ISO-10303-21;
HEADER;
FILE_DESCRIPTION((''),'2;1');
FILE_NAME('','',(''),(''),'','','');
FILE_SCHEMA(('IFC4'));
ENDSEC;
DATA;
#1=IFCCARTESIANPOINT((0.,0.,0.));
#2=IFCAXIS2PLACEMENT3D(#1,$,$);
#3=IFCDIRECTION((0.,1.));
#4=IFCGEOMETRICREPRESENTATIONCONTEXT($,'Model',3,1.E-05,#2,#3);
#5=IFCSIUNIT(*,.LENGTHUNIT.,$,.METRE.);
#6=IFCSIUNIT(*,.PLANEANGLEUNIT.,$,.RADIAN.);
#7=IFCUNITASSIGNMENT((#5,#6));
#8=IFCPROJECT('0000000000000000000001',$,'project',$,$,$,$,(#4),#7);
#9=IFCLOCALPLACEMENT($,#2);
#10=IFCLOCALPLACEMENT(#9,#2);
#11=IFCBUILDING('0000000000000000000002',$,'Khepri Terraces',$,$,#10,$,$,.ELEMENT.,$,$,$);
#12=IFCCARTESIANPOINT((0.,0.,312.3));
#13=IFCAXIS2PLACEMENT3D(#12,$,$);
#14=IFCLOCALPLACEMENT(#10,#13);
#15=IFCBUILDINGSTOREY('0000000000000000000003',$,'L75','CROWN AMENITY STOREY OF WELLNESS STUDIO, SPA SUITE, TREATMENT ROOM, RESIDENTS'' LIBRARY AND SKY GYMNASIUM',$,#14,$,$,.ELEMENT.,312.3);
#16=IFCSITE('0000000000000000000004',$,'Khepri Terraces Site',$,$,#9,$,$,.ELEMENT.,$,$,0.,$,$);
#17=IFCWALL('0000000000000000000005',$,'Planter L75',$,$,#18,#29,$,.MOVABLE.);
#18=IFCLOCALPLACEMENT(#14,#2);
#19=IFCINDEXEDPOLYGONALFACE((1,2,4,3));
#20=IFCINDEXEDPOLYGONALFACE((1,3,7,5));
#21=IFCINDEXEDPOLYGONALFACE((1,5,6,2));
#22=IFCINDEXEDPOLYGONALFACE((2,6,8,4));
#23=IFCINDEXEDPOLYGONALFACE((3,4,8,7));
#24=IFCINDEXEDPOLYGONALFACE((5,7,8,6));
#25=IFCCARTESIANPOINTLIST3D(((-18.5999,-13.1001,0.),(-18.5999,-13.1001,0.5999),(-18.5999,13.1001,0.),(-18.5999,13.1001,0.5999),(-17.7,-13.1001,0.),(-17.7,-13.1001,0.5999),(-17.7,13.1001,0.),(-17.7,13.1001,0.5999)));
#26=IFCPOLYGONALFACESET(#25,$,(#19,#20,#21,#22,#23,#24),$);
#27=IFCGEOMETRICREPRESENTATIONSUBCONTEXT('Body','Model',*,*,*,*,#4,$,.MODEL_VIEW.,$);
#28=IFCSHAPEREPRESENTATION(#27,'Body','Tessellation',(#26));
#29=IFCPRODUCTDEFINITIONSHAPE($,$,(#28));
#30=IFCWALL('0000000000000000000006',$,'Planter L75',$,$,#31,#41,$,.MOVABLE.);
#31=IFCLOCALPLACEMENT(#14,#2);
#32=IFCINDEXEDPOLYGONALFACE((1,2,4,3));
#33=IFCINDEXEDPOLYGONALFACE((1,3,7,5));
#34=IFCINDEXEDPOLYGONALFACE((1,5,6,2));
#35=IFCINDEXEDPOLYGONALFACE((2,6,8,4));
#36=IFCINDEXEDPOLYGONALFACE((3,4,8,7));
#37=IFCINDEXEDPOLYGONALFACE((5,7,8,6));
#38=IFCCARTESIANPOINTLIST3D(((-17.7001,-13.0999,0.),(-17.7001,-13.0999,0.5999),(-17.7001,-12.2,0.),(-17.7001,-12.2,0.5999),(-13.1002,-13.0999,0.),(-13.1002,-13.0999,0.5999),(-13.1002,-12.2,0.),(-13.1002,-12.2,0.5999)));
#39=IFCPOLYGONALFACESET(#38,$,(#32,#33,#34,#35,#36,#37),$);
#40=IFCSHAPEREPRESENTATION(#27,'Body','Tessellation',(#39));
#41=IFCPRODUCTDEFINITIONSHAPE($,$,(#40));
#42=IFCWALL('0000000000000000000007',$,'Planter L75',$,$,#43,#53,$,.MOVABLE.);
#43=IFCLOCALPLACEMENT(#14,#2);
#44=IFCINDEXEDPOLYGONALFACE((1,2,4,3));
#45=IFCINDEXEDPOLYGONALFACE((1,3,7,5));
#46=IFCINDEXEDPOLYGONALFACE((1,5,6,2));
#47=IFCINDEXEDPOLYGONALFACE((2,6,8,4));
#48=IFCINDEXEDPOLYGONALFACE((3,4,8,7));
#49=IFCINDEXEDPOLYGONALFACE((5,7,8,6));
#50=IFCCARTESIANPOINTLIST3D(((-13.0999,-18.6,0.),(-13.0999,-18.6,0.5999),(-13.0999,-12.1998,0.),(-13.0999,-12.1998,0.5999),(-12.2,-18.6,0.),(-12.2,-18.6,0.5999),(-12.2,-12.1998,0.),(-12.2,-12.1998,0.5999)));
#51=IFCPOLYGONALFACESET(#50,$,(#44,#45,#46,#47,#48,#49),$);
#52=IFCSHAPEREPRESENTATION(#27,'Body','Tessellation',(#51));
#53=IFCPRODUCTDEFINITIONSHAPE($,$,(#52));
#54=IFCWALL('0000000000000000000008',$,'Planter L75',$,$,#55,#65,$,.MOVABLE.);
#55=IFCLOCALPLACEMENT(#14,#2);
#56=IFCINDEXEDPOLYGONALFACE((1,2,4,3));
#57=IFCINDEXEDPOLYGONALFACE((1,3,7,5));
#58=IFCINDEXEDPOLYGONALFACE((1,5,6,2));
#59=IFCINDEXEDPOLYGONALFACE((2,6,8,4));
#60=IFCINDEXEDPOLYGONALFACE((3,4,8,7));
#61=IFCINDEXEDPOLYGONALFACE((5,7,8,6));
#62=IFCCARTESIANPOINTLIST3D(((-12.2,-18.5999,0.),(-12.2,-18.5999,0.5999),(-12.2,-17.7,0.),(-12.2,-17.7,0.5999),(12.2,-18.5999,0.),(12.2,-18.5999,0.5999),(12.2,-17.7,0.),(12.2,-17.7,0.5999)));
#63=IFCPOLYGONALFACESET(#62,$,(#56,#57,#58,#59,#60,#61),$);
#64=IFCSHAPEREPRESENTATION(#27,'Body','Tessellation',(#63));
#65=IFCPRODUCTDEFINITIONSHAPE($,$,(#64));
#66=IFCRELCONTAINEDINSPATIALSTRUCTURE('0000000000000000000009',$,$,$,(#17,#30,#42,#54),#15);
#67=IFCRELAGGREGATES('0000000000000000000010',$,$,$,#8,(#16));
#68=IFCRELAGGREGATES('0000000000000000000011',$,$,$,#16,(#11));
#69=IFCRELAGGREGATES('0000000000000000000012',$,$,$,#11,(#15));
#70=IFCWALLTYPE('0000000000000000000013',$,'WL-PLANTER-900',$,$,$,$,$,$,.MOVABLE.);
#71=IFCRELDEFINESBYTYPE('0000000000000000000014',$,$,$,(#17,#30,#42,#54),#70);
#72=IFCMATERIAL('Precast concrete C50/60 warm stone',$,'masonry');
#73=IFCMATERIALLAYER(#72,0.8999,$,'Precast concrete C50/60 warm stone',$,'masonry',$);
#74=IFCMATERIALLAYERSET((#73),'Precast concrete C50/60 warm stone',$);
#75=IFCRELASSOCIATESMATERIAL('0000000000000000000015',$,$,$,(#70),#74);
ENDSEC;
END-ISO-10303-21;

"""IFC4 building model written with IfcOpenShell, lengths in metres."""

from ifc_helpers import new_model, si_unit, direction, frame, frame_2d, origin, place, context, subcontext, project, spatial, rectangle, extrude, material, layer, layer_set, type_object, element, save


model = new_model("IFC4")

# Units and contexts
model_context = context("Model", 3, precision=1e-05, world=origin(), true_north=direction((0.0, 1.0)))
body_context = subcontext(model_context, "Body", "Model", "MODEL_VIEW")
ifc_project = project(units=[si_unit("LENGTHUNIT", "METRE"), si_unit("PLANEANGLEUNIT", "RADIAN")], contexts=[model_context])

# Site, building, storey
site_placement = place(None, origin())
site = spatial("IfcSite", under=ifc_project, at=site_placement, Name="Khepri Terraces Site", CompositionType="ELEMENT", RefElevation=0.0)
building_placement = place(site_placement, origin())
building = spatial("IfcBuilding", under=site, at=building_placement, Name="Khepri Terraces", CompositionType="ELEMENT")
storey_placement = place(building_placement, frame((0.0, 0.0, 312.3)))
storey = spatial("IfcBuildingStorey", under=building, at=storey_placement, Name="L75", Description="CROWN AMENITY STOREY OF WELLNESS STUDIO, SPA SUITE, TREATMENT ROOM, RESIDENTS' LIBRARY AND SKY GYMNASIUM", CompositionType="ELEMENT", Elevation=312.3)

# Shared definitions
ifc_material_1 = material(Name="Precast concrete C50/60 warm stone", Category="masonry")

# Walls
ifc_layer_1 = layer(ifc_material_1, 0.8999, Name="Precast concrete C50/60 warm stone", Category="masonry")
ifc_layer_set_1 = layer_set([ifc_layer_1], Name="Precast concrete C50/60 warm stone")
wall_type_1 = type_object("IfcWallType", Name="WL-PLANTER-900", PredefinedType="MOVABLE", material=ifc_layer_set_1)
wall_1_placement = place(storey_placement, frame((-18.1499, -13.1001, 0.0), z_axis=(0.0, 0.0, 1.0), x_axis=(0.0, 1.0, 0.0)))
element("IfcWall", 1, at=wall_1_placement, inside=storey, type_object=wall_type_1, Name="Planter L75", PredefinedType="MOVABLE", context=body_context, shape_type="SweptSolid", body=[
    extrude(rectangle(XDim=26.2002, YDim=0.8999, at=frame_2d((13.1001, 0.0))), origin(), (0.0, 0.0, 1.0), 0.5999),
])
wall_2_placement = place(storey_placement, frame((-17.7, -12.6499, 0.0), z_axis=(0.0, 0.0, 1.0), x_axis=(1.0, 0.0, 0.0)))
element("IfcWall", 2, at=wall_2_placement, inside=storey, type_object=wall_type_1, Name="Planter L75", PredefinedType="MOVABLE", context=body_context, shape_type="SweptSolid", body=[
    extrude(rectangle(XDim=4.5999, YDim=0.8999, at=frame_2d((2.2998, 0.0))), origin(), (0.0, 0.0, 1.0), 0.5999),
])
wall_3_placement = place(storey_placement, frame((-12.6499, -18.6001, 0.0), z_axis=(0.0, 0.0, 1.0), x_axis=(0.0, 1.0, 0.0)))
element("IfcWall", 3, at=wall_3_placement, inside=storey, type_object=wall_type_1, Name="Planter L75", PredefinedType="MOVABLE", context=body_context, shape_type="SweptSolid", body=[
    extrude(rectangle(XDim=6.4001, YDim=0.8999, at=frame_2d((3.2002, 0.0))), origin(), (0.0, 0.0, 1.0), 0.5999),
])
wall_4_placement = place(storey_placement, frame((-12.2, -18.1499, 0.0), z_axis=(0.0, 0.0, 1.0), x_axis=(1.0, 0.0, 0.0)))
element("IfcWall", 4, at=wall_4_placement, inside=storey, type_object=wall_type_1, Name="Planter L75", PredefinedType="MOVABLE", context=body_context, shape_type="SweptSolid", body=[
    extrude(rectangle(XDim=24.3999, YDim=0.8999, at=frame_2d((12.2, 0.0))), origin(), (0.0, 0.0, 1.0), 0.5999),
])

save(model, "model.ifc")
